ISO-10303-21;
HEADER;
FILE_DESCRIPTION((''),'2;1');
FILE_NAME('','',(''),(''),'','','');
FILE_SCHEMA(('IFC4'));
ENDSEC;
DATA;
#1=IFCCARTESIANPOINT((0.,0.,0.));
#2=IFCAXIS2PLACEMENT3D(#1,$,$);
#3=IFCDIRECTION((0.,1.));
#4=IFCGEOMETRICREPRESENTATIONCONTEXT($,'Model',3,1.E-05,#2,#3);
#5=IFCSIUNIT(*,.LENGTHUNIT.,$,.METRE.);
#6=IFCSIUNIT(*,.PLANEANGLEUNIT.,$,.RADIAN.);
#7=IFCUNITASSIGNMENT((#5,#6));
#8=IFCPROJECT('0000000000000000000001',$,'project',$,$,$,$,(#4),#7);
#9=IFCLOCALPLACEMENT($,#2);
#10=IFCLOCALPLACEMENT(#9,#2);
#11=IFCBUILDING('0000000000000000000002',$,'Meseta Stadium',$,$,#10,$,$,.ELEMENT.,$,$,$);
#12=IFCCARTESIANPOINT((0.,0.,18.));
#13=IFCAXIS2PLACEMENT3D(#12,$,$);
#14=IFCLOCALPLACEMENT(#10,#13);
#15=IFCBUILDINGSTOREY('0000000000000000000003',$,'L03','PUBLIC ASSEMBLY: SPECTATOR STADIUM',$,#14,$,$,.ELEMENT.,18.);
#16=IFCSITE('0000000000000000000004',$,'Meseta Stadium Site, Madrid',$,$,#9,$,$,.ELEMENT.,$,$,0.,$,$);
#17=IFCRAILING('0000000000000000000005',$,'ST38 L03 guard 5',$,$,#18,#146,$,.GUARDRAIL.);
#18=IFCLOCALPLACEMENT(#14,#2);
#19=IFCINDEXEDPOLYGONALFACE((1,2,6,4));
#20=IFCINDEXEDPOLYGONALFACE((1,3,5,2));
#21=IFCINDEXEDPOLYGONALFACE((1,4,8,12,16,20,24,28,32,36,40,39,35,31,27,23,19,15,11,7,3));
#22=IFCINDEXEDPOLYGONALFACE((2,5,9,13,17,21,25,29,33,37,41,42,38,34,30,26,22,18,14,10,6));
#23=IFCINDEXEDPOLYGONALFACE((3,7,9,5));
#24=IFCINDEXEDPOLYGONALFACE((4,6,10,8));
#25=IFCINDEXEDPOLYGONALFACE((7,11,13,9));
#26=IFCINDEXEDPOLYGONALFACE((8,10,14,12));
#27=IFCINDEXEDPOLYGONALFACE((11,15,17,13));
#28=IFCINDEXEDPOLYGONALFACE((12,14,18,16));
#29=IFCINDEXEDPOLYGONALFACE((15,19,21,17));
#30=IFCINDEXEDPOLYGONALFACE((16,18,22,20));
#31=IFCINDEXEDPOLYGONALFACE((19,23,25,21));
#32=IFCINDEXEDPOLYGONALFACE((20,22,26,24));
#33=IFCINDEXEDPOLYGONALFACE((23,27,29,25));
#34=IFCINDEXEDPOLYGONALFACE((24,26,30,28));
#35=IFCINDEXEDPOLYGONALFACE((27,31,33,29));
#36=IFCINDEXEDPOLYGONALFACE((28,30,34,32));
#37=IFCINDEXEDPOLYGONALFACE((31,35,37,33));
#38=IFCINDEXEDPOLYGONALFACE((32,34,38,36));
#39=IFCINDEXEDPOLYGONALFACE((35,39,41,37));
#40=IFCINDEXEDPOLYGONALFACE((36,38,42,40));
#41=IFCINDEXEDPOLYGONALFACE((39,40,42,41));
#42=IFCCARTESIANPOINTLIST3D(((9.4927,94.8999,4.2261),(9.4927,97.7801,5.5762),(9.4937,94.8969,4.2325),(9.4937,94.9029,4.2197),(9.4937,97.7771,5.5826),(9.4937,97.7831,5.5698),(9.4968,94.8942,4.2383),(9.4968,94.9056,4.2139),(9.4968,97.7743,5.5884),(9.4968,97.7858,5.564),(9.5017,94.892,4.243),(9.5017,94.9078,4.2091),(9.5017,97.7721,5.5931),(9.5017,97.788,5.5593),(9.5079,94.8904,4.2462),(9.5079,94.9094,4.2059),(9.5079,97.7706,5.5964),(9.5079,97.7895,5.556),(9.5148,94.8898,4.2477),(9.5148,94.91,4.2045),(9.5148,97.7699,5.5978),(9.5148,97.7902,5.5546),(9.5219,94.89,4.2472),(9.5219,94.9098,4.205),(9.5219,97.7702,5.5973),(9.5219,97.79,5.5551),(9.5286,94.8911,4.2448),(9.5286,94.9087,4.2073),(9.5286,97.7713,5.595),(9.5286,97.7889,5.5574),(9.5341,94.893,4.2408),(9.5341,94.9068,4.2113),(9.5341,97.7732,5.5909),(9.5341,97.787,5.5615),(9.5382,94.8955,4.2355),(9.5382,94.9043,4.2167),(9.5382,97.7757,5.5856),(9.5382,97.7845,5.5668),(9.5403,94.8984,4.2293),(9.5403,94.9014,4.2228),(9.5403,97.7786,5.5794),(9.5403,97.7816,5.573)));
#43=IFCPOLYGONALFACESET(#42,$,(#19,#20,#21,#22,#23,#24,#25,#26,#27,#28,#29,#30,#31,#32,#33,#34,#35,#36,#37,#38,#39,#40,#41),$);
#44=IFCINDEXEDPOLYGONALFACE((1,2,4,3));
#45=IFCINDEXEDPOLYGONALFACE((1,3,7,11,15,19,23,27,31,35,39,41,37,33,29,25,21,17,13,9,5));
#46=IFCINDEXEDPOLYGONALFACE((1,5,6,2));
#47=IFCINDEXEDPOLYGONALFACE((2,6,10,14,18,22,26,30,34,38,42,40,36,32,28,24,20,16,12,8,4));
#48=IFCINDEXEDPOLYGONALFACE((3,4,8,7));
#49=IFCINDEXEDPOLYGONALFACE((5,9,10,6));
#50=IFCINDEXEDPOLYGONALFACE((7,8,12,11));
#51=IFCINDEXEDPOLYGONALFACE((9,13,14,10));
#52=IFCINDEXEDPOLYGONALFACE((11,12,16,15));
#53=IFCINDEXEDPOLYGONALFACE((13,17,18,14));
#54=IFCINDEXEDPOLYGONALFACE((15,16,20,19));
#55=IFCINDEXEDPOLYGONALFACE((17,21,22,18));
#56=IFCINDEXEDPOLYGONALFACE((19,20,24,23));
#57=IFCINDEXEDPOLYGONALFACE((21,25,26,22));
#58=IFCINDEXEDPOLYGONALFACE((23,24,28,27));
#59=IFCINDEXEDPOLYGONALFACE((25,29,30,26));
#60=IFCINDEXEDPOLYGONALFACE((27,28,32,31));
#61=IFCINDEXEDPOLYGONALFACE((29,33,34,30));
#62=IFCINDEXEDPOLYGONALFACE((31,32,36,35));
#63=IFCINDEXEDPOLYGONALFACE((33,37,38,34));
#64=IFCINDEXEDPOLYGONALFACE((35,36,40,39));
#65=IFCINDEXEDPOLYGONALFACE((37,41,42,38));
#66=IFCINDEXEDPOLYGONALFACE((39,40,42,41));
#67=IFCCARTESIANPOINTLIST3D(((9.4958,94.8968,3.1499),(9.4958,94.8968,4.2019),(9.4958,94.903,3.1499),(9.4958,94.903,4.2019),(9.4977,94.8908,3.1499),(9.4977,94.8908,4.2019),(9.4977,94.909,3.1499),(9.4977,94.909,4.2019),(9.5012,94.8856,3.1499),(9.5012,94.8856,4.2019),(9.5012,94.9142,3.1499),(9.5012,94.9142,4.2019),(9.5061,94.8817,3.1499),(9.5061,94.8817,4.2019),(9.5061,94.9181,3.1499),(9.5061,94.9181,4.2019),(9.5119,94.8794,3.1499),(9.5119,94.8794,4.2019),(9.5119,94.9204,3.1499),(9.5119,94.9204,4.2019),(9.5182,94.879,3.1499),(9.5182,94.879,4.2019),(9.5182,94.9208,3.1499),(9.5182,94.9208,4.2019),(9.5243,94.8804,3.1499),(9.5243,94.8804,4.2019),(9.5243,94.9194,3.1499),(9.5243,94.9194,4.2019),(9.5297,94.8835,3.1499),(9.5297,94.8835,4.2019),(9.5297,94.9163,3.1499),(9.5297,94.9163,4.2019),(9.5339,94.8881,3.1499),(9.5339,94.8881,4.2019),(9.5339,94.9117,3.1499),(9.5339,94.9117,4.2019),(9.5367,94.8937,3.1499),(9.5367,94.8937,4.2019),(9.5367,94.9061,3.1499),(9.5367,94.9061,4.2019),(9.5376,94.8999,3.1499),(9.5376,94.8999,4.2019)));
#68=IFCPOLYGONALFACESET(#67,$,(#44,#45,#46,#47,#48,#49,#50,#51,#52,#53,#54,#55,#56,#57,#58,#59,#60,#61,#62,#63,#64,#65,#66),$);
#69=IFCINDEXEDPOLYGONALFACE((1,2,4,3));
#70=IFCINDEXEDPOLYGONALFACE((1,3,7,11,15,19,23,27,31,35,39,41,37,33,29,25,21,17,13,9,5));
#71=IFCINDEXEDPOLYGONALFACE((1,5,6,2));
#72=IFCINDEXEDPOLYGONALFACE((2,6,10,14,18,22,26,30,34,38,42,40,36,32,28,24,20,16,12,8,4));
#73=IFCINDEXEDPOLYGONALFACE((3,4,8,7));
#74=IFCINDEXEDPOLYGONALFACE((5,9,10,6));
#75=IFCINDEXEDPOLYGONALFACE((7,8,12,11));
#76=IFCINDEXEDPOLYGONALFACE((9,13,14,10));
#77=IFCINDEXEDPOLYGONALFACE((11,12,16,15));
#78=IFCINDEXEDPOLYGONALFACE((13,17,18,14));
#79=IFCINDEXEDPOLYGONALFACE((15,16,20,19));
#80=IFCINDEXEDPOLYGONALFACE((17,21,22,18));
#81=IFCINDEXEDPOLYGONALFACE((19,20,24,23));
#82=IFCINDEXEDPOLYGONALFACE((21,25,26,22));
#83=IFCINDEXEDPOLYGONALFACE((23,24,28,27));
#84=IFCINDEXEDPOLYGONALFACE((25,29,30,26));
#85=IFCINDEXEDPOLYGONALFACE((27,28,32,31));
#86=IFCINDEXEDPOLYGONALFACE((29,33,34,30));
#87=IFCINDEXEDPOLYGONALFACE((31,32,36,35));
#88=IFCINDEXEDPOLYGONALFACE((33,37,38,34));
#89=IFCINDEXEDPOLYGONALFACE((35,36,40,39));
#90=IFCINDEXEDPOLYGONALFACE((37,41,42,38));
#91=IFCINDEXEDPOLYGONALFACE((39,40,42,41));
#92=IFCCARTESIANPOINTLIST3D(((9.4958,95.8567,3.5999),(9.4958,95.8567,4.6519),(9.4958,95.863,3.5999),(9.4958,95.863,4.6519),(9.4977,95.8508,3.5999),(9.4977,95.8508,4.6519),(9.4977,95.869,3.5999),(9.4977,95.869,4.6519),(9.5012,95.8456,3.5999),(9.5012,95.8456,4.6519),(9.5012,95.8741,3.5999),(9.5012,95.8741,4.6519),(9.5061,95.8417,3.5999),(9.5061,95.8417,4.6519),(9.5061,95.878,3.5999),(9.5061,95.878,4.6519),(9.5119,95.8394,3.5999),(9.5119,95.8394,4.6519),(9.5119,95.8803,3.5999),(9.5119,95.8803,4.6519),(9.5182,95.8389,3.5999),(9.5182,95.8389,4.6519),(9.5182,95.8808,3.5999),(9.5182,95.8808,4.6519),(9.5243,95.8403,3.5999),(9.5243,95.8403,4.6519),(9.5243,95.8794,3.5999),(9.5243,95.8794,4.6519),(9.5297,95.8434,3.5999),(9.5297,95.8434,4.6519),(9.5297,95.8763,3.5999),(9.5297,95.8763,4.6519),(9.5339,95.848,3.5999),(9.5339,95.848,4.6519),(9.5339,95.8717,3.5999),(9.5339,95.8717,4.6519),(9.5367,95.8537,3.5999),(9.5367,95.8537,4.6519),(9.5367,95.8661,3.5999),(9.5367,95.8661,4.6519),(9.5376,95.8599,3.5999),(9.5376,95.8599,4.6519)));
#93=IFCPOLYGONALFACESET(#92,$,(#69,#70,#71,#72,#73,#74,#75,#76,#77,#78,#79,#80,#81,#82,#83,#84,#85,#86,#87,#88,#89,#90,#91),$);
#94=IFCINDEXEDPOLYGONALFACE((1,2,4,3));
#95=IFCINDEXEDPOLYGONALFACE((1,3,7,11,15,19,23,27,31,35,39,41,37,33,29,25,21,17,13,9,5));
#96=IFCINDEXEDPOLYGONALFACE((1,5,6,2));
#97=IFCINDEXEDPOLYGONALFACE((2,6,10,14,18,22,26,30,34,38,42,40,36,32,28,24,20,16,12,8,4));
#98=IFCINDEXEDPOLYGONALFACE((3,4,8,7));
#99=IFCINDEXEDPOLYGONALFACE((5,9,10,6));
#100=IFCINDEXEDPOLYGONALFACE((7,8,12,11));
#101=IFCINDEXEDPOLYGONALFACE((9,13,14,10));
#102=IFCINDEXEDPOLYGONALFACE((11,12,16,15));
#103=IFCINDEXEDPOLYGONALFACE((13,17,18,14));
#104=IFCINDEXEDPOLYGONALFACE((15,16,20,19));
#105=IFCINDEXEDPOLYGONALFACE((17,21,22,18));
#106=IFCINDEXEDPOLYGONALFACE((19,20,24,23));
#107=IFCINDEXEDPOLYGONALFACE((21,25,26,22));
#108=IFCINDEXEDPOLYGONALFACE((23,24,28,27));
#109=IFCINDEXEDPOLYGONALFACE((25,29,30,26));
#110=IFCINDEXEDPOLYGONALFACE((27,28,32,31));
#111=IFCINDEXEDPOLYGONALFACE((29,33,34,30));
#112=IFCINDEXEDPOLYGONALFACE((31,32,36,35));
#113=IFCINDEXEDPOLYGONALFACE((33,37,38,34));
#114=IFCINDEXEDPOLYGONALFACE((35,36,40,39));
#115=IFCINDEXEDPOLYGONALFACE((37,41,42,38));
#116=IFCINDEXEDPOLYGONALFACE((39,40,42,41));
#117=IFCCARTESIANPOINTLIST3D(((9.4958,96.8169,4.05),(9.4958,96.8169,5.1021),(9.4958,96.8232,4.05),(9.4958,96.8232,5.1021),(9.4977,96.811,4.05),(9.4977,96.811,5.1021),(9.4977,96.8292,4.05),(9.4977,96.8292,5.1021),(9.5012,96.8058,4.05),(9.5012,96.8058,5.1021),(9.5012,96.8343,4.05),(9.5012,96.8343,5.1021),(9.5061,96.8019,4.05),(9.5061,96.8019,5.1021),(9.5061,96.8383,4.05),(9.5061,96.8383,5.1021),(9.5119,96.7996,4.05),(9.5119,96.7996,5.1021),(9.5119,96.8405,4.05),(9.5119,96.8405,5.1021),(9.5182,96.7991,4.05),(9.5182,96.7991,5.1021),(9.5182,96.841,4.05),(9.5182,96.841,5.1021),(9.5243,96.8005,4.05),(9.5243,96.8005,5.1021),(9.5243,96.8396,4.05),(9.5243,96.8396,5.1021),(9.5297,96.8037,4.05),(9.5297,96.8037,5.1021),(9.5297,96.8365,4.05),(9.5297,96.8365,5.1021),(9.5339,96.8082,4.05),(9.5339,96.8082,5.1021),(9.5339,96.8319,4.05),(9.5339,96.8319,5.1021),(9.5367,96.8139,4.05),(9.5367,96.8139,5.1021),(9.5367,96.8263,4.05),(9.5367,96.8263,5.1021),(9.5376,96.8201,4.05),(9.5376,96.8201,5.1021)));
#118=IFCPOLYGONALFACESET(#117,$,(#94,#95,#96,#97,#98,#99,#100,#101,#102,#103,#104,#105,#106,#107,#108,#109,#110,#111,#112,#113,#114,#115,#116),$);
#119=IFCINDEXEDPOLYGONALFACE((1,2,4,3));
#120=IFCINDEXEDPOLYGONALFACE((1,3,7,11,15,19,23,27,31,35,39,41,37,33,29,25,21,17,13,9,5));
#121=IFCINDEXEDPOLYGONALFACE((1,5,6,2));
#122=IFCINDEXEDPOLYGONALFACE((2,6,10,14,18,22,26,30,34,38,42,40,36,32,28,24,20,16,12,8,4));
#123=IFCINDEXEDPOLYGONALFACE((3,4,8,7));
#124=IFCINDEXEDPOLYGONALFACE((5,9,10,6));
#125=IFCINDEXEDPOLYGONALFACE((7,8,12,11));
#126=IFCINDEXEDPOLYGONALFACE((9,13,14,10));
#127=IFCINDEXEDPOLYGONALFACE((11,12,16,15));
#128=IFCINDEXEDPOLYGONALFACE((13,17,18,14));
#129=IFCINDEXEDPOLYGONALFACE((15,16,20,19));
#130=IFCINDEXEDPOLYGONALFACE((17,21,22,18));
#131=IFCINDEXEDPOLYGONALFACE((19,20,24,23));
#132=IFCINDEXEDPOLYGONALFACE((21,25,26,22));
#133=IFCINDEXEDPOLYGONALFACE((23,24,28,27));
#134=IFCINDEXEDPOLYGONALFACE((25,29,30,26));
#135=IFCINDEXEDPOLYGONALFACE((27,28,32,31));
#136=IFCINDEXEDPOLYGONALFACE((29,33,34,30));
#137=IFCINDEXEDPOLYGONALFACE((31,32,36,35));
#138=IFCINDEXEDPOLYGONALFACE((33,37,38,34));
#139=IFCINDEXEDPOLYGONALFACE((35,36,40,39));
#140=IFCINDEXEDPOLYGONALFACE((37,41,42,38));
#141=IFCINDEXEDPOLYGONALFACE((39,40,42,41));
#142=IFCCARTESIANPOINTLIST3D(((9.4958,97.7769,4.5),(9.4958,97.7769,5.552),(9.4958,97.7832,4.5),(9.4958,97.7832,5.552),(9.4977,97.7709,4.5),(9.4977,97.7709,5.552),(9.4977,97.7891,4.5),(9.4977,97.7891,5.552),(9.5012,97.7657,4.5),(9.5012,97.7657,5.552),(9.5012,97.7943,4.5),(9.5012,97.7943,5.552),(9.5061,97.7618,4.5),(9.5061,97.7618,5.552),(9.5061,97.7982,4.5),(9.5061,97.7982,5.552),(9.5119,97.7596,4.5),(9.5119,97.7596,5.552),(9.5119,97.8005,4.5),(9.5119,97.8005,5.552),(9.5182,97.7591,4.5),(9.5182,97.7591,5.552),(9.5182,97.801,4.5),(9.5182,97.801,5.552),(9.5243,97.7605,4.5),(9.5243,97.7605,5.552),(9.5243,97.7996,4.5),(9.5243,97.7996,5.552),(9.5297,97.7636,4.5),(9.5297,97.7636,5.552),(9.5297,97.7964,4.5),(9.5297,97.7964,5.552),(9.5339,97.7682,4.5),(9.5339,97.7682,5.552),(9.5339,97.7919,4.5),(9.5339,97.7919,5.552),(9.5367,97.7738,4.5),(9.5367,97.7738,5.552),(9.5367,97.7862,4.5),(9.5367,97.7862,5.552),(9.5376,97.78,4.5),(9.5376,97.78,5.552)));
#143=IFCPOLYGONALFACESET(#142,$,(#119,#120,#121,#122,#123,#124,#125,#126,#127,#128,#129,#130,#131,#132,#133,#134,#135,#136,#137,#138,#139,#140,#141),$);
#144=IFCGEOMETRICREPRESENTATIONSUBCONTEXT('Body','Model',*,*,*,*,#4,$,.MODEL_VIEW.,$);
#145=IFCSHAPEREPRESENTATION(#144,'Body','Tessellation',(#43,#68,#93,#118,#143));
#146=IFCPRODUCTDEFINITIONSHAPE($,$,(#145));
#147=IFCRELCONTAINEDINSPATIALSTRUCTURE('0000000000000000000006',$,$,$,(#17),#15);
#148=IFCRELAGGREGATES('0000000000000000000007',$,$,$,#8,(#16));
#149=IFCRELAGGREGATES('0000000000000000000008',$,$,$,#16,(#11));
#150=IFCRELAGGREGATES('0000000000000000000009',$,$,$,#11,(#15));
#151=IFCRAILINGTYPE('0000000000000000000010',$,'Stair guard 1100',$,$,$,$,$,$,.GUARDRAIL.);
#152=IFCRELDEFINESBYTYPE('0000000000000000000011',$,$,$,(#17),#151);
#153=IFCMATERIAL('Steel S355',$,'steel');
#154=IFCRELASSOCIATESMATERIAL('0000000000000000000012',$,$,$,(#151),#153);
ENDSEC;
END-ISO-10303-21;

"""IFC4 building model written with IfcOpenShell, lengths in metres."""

from ifc_helpers import new_model, si_unit, direction, frame, origin, origin_2d, place, context, subcontext, project, spatial, circle, extrude, material, type_object, element, save


model = new_model("IFC4")

# Units and contexts
model_context = context("Model", 3, precision=1e-05, world=origin(), true_north=direction((0.0, 1.0)))
body_context = subcontext(model_context, "Body", "Model", "MODEL_VIEW")
ifc_project = project(units=[si_unit("LENGTHUNIT", "METRE"), si_unit("PLANEANGLEUNIT", "RADIAN")], contexts=[model_context])

# Site, building, storey
site_placement = place(None, origin())
site = spatial("IfcSite", under=ifc_project, at=site_placement, Name="Meseta Stadium Site, Madrid", CompositionType="ELEMENT", RefElevation=0.0)
building_placement = place(site_placement, origin())
building = spatial("IfcBuilding", under=site, at=building_placement, Name="Meseta Stadium", CompositionType="ELEMENT")
storey_placement = place(building_placement, frame((0.0, 0.0, 18.0)))
storey = spatial("IfcBuildingStorey", under=building, at=storey_placement, Name="L03", Description="PUBLIC ASSEMBLY: SPECTATOR STADIUM", CompositionType="ELEMENT", Elevation=18.0)

# Railing
ifc_material_1 = material(Name="Steel S355", Category="steel")
railing_type_1 = type_object("IfcRailingType", Name="Stair guard 1100", PredefinedType="GUARDRAIL", material=ifc_material_1)
for number, where, name in (
    (1, (9.5166, 94.8999, 3.1499), "ST38 L03 guard 5"),
):
    element("IfcRailing", number, at=place(storey_placement, frame(where)), inside=storey, type_object=railing_type_1, Name=name, PredefinedType="GUARDRAIL", context=body_context, shape_type="SweptSolid", body=[
        extrude(circle(Radius=0.0239, at=origin_2d()), frame((0.0, 0.0, 1.0762), z_axis=(0.0, 0.905454, 0.424444), x_axis=(-1.0, 0.0, 0.0)), (0.0, 0.0, 1.0), 3.1809),
        extrude(circle(Radius=0.021, at=origin_2d()), origin(), (0.0, 0.0, 1.0), 1.052),
        extrude(circle(Radius=0.021, at=origin_2d()), frame((0.0, 0.96, 0.45)), (0.0, 0.0, 1.0), 1.052),
        extrude(circle(Radius=0.021, at=origin_2d()), frame((0.0, 1.9202, 0.9001)), (0.0, 0.0, 1.0), 1.052),
        extrude(circle(Radius=0.021, at=origin_2d()), frame((0.0, 2.8801, 1.3501)), (0.0, 0.0, 1.0), 1.052),
    ])

save(model, "model.ifc")
